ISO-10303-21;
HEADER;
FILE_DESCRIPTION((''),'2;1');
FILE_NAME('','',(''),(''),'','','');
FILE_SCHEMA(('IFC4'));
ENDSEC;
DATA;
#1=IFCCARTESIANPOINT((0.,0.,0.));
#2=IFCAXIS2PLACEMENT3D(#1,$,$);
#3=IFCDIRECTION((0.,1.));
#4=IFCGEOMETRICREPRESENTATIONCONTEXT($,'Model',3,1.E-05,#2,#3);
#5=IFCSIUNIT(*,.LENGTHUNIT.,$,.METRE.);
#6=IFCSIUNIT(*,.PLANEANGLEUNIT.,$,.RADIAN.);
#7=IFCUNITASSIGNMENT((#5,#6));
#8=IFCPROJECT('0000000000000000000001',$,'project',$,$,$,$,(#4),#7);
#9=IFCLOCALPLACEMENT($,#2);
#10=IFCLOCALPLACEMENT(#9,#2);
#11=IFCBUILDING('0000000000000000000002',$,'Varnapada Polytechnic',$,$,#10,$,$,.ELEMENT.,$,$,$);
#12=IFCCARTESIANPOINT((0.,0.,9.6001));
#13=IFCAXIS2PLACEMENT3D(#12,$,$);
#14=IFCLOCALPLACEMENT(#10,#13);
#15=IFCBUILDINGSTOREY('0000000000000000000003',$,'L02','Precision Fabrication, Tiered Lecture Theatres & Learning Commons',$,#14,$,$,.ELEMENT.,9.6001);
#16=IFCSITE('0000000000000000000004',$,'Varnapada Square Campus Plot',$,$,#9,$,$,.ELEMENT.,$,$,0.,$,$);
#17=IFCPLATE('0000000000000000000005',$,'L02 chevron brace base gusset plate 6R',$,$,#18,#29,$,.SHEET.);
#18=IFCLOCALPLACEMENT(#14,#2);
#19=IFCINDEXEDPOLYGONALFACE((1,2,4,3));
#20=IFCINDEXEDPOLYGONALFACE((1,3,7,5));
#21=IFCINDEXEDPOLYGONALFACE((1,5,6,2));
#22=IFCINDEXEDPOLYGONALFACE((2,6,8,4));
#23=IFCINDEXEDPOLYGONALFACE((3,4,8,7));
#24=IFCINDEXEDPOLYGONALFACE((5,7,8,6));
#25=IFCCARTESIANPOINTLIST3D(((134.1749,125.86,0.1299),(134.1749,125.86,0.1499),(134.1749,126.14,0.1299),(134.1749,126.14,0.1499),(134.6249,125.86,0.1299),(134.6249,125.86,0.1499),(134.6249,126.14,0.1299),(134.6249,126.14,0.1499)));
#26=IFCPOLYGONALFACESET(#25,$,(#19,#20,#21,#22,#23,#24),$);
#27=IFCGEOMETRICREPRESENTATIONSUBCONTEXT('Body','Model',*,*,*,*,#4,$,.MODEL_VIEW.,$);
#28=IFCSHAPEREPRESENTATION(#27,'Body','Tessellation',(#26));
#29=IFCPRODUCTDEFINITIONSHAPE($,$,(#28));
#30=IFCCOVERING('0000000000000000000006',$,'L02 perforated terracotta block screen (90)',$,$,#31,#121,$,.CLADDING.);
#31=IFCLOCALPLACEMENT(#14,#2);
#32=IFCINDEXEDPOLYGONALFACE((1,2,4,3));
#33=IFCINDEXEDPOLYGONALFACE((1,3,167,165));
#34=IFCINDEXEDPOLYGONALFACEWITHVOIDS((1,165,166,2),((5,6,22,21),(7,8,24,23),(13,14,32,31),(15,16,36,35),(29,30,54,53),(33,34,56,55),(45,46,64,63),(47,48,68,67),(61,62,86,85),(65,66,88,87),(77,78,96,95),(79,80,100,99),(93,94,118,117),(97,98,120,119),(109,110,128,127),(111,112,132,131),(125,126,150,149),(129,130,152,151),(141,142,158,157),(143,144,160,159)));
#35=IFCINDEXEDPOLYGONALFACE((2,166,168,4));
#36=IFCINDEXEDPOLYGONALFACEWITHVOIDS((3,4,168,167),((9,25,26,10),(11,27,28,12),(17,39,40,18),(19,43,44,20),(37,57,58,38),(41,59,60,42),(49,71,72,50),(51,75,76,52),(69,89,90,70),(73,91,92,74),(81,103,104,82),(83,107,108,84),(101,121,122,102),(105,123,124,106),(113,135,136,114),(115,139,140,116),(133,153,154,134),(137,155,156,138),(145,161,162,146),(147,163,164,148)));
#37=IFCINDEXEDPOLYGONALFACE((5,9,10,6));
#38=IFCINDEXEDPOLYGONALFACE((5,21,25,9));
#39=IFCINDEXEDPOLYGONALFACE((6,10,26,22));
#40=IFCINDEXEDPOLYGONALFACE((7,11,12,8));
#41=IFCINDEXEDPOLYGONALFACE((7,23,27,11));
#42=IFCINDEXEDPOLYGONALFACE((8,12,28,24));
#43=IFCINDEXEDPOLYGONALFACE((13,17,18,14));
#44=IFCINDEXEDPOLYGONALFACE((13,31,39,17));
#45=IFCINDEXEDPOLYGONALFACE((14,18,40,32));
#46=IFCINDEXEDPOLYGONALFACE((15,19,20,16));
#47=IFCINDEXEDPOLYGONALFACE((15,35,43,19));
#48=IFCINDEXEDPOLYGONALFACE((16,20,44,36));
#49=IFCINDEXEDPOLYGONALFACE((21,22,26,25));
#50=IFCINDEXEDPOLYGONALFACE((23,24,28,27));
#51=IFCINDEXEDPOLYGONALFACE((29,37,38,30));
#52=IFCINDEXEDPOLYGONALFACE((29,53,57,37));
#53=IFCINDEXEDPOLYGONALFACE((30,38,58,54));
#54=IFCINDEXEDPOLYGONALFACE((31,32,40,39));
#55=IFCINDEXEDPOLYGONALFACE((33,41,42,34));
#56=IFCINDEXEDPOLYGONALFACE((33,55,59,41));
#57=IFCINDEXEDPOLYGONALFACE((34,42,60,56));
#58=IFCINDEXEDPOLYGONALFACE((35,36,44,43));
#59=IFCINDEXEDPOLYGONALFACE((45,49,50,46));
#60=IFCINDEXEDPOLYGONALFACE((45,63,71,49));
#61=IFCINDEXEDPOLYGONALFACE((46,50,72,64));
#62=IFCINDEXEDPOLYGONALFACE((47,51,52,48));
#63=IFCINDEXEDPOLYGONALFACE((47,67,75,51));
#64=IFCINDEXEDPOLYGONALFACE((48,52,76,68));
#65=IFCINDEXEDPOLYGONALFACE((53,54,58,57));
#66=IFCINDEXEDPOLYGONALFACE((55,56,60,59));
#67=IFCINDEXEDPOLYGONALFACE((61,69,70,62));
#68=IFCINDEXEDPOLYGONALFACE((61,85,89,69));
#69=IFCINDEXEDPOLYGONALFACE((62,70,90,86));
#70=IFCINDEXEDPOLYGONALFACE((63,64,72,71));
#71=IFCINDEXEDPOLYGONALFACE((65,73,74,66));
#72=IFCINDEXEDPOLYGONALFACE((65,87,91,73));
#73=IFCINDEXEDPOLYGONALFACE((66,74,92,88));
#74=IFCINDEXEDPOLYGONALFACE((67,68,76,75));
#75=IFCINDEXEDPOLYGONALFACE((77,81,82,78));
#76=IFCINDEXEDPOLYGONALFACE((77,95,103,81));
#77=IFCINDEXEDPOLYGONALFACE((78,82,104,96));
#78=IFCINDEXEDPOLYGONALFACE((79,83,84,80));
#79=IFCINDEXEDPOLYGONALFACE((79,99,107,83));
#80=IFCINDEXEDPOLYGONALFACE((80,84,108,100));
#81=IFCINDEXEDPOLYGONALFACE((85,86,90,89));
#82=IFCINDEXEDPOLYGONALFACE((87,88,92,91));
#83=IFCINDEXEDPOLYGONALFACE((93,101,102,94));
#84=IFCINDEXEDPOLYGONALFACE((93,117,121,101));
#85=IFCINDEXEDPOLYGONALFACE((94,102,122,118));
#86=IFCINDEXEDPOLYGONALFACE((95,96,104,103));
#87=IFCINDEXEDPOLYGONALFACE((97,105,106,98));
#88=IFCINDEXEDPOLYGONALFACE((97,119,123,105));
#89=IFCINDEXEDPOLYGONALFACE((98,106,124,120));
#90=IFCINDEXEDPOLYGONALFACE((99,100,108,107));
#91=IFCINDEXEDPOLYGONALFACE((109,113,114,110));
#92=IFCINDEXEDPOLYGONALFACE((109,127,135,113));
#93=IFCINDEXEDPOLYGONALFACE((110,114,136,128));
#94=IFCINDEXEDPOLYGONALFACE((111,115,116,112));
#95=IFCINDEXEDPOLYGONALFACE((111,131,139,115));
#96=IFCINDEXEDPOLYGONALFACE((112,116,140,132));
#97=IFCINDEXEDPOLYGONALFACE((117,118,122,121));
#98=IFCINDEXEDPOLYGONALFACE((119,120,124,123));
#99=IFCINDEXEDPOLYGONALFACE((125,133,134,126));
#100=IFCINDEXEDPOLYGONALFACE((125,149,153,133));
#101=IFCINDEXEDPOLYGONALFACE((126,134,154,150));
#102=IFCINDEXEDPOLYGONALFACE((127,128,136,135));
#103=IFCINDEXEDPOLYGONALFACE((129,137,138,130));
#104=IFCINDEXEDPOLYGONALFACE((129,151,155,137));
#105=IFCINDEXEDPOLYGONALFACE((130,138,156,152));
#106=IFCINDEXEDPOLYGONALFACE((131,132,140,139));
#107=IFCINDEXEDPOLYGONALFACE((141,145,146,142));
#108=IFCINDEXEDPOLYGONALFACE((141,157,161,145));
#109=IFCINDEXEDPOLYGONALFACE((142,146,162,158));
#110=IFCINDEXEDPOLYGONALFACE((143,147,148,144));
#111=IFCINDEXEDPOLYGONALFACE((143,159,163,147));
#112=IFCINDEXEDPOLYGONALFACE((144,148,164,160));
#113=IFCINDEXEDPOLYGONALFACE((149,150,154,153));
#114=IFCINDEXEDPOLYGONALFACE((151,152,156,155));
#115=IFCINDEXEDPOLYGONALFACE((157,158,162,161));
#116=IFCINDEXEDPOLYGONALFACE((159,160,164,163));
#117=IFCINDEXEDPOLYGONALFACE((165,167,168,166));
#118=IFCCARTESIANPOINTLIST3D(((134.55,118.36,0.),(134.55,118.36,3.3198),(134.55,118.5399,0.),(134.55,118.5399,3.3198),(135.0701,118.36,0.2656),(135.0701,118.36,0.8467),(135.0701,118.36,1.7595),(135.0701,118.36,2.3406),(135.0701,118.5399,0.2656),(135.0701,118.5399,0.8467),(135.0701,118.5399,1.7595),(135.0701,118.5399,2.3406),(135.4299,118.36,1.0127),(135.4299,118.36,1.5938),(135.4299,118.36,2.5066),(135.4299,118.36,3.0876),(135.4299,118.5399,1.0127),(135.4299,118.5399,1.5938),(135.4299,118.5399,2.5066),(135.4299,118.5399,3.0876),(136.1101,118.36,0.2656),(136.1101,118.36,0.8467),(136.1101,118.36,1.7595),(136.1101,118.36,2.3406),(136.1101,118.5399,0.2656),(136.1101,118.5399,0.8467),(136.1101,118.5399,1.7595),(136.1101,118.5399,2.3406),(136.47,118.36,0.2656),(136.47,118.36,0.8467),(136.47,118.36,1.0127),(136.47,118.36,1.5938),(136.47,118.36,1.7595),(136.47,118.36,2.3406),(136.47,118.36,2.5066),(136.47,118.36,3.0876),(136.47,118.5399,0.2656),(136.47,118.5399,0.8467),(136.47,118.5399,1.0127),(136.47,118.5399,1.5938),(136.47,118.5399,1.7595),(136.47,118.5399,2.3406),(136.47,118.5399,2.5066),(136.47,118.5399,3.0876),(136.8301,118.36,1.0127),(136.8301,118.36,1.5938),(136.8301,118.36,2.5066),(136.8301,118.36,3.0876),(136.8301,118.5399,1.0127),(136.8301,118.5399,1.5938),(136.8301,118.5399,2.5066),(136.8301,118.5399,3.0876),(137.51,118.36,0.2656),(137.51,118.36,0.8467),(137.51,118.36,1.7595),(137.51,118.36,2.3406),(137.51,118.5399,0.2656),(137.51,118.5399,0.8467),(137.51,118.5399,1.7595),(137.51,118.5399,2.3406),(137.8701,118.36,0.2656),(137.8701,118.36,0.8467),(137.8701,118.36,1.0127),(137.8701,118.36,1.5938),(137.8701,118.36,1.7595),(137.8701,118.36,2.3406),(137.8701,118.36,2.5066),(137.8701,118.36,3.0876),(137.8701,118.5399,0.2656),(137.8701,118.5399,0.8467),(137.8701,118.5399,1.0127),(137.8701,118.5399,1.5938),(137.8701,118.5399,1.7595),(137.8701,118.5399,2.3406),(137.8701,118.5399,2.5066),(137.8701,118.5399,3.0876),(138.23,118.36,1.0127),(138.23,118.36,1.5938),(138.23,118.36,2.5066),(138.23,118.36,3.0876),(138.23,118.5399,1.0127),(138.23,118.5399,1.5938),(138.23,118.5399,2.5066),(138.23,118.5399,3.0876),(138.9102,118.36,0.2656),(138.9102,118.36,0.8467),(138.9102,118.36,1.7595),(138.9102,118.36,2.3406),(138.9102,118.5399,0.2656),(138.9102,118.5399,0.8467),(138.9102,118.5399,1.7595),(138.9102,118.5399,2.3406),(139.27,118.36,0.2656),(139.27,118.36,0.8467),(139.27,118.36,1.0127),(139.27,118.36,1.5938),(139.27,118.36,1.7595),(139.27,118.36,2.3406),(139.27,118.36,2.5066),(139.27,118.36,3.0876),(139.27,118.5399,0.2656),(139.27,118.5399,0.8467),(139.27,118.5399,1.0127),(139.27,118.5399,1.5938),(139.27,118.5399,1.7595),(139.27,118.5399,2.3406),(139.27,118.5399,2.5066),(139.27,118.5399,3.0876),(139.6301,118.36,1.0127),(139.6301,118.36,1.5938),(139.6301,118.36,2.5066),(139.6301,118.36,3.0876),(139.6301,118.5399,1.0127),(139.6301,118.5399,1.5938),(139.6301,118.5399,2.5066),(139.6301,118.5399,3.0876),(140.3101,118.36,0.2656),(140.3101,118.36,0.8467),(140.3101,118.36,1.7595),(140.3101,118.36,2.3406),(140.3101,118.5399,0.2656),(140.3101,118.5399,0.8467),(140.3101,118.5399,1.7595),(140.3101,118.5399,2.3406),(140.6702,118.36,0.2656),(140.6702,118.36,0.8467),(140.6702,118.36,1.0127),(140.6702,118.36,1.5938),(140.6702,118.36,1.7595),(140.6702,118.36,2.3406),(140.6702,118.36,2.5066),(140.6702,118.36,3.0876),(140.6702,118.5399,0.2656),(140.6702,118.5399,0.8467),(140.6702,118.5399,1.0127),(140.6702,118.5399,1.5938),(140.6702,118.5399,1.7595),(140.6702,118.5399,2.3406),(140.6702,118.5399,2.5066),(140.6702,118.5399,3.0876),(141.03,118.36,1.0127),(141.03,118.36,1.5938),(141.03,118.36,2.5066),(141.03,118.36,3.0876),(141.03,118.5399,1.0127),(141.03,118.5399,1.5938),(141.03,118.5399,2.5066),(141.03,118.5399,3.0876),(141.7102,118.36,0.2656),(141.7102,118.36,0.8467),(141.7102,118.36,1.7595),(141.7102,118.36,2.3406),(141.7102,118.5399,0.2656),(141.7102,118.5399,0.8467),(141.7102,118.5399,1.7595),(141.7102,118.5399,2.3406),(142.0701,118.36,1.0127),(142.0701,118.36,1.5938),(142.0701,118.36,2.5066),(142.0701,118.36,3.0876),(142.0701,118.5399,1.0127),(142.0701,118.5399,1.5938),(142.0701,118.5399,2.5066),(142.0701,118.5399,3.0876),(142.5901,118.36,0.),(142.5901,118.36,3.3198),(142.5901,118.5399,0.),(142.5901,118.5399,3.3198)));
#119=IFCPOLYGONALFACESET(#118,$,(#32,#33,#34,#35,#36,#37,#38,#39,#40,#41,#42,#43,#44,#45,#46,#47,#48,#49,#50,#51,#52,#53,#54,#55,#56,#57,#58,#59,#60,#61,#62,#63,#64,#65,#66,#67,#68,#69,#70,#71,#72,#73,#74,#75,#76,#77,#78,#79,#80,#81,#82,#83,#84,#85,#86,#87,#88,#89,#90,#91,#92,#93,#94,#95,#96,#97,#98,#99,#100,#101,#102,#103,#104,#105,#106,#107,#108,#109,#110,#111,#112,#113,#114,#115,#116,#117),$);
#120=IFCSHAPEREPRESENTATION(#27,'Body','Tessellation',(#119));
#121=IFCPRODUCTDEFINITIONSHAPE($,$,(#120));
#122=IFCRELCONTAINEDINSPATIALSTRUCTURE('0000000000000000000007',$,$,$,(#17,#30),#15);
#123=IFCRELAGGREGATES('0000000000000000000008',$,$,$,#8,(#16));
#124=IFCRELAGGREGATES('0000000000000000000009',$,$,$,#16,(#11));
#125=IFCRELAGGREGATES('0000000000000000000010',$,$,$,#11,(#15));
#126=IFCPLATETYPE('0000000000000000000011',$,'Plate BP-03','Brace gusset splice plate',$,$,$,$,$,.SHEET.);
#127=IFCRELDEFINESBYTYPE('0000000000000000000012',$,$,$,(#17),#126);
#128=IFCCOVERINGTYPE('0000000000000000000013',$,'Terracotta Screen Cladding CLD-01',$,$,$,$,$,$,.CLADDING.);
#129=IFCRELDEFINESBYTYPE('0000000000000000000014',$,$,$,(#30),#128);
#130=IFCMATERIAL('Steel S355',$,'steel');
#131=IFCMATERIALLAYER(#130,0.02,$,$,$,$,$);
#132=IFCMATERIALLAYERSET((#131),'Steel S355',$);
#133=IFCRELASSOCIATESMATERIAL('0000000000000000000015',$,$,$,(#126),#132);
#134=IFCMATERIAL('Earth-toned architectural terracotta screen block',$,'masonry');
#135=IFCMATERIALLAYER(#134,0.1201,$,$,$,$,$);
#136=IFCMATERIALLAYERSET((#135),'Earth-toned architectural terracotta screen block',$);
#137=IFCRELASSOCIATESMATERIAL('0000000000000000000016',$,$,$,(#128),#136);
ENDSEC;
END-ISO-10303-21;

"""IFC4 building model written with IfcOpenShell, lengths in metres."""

from ifc_helpers import new_model, si_unit, direction, frame, frame_2d, origin, origin_2d, place, context, subcontext, project, spatial, rectangle, extrude, material, layer, layer_set, type_object, element, save


model = new_model("IFC4")

# Units and contexts
model_context = context("Model", 3, precision=1e-05, world=origin(), true_north=direction((0.0, 1.0)))
body_context = subcontext(model_context, "Body", "Model", "MODEL_VIEW")
ifc_project = project(units=[si_unit("LENGTHUNIT", "METRE"), si_unit("PLANEANGLEUNIT", "RADIAN")], contexts=[model_context])

# Site, building, storey
site_placement = place(None, origin())
site = spatial("IfcSite", under=ifc_project, at=site_placement, Name="Varnapada Square Campus Plot", CompositionType="ELEMENT", RefElevation=0.0)
building_placement = place(site_placement, origin())
building = spatial("IfcBuilding", under=site, at=building_placement, Name="Varnapada Polytechnic", CompositionType="ELEMENT")
storey_placement = place(building_placement, frame((0.0, 0.0, 9.6001)))
storey = spatial("IfcBuildingStorey", under=building, at=storey_placement, Name="L02", Description="Precision Fabrication, Tiered Lecture Theatres & Learning Commons", CompositionType="ELEMENT", Elevation=9.6001)

# Shared definitions
ifc_material_1 = material(Name="Steel S355", Category="steel")

# Plate
ifc_layer_1 = layer(ifc_material_1, 0.02)
ifc_layer_set_1 = layer_set([ifc_layer_1], Name="Steel S355")
plate_type_1 = type_object("IfcPlateType", Name="Plate BP-03", Description="Brace gusset splice plate", PredefinedType="SHEET", material=ifc_layer_set_1)
plate_1_placement = place(storey_placement, frame((134.3999, 126.0, 0.1299), z_axis=(0.0, 0.0, 1.0), x_axis=(1.0, 0.0, 0.0)))
element("IfcPlate", 1, at=plate_1_placement, inside=storey, type_object=plate_type_1, Name="L02 chevron brace base gusset plate 6R", PredefinedType="SHEET", context=body_context, shape_type="SweptSolid", body=[
    extrude(rectangle(XDim=0.45, YDim=0.28, at=origin_2d()), origin(), (0.0, 0.0, 1.0), 0.02),
])

# Covering, openings
ifc_material_2 = material(Name="Earth-toned architectural terracotta screen block", Category="masonry")
ifc_layer_2 = layer(ifc_material_2, 0.1201)
ifc_layer_set_2 = layer_set([ifc_layer_2], Name="Earth-toned architectural terracotta screen block")
covering_type = type_object("IfcCoveringType", Name="Terracotta Screen Cladding CLD-01", PredefinedType="CLADDING", material=ifc_layer_set_2)
covering_placement = place(storey_placement, frame((134.55, 118.45, 0.0), z_axis=(0.0, 0.0, 1.0), x_axis=(1.0, 0.0, 0.0)))
covering = element("IfcCovering", 2, at=covering_placement, inside=storey, type_object=covering_type, Name="L02 perforated terracotta block screen (90)", PredefinedType="CLADDING", context=body_context, shape_type="SweptSolid", body=[
    extrude(rectangle(XDim=8.04, YDim=0.1799, at=frame_2d((4.02, 0.0))), origin(), (0.0, 0.0, 1.0), 3.3198),
])
opening_1_placement = place(covering_placement, frame((0.52, 0.0, 0.2656)))
element("IfcOpeningElement", 3, at=opening_1_placement, cuts=covering, PredefinedType="OPENING", context=body_context, shape_type="SweptSolid", body=[
    extrude(rectangle(XDim=1.04, YDim=0.5811, at=frame_2d((0.52, 0.2905))), frame((0.0, 0.0999, 0.0), z_axis=(0.0, -1.0, 0.0), x_axis=(1.0, 0.0, 0.0)), (0.0, 0.0, 1.0), 0.2),
])
opening_2_placement = place(covering_placement, frame((1.9199, 0.0, 0.2656)))
element("IfcOpeningElement", 4, at=opening_2_placement, cuts=covering, PredefinedType="OPENING", context=body_context, shape_type="SweptSolid", body=[
    extrude(rectangle(XDim=1.04, YDim=0.5811, at=frame_2d((0.52, 0.2905))), frame((0.0, 0.0999, 0.0), z_axis=(0.0, -1.0, 0.0), x_axis=(1.0, 0.0, 0.0)), (0.0, 0.0, 1.0), 0.2),
])
opening_3_placement = place(covering_placement, frame((3.3201, 0.0, 0.2656)))
element("IfcOpeningElement", 5, at=opening_3_placement, cuts=covering, PredefinedType="OPENING", context=body_context, shape_type="SweptSolid", body=[
    extrude(rectangle(XDim=1.04, YDim=0.5811, at=frame_2d((0.52, 0.2905))), frame((0.0, 0.0999, 0.0), z_axis=(0.0, -1.0, 0.0), x_axis=(1.0, 0.0, 0.0)), (0.0, 0.0, 1.0), 0.2),
])
opening_4_placement = place(covering_placement, frame((4.72, 0.0, 0.2656)))
element("IfcOpeningElement", 6, at=opening_4_placement, cuts=covering, PredefinedType="OPENING", context=body_context, shape_type="SweptSolid", body=[
    extrude(rectangle(XDim=1.04, YDim=0.5811, at=frame_2d((0.52, 0.2905))), frame((0.0, 0.0999, 0.0), z_axis=(0.0, -1.0, 0.0), x_axis=(1.0, 0.0, 0.0)), (0.0, 0.0, 1.0), 0.2),
])
opening_5_placement = place(covering_placement, frame((6.1201, 0.0, 0.2656)))
element("IfcOpeningElement", 7, at=opening_5_placement, cuts=covering, PredefinedType="OPENING", context=body_context, shape_type="SweptSolid", body=[
    extrude(rectangle(XDim=1.04, YDim=0.5811, at=frame_2d((0.52, 0.2905))), frame((0.0, 0.0999, 0.0), z_axis=(0.0, -1.0, 0.0), x_axis=(1.0, 0.0, 0.0)), (0.0, 0.0, 1.0), 0.2),
])
opening_6_placement = place(covering_placement, frame((0.8799, 0.0, 1.0127)))
element("IfcOpeningElement", 8, at=opening_6_placement, cuts=covering, PredefinedType="OPENING", context=body_context, shape_type="SweptSolid", body=[
    extrude(rectangle(XDim=1.04, YDim=0.5811, at=frame_2d((0.52, 0.2905))), frame((0.0, 0.0999, 0.0), z_axis=(0.0, -1.0, 0.0), x_axis=(1.0, 0.0, 0.0)), (0.0, 0.0, 1.0), 0.2),
])
opening_7_placement = place(covering_placement, frame((2.28, 0.0, 1.0127)))
element("IfcOpeningElement", 9, at=opening_7_placement, cuts=covering, PredefinedType="OPENING", context=body_context, shape_type="SweptSolid", body=[
    extrude(rectangle(XDim=1.04, YDim=0.5811, at=frame_2d((0.52, 0.2905))), frame((0.0, 0.0999, 0.0), z_axis=(0.0, -1.0, 0.0), x_axis=(1.0, 0.0, 0.0)), (0.0, 0.0, 1.0), 0.2),
])
opening_8_placement = place(covering_placement, frame((3.6799, 0.0, 1.0127)))
element("IfcOpeningElement", 10, at=opening_8_placement, cuts=covering, PredefinedType="OPENING", context=body_context, shape_type="SweptSolid", body=[
    extrude(rectangle(XDim=1.04, YDim=0.5811, at=frame_2d((0.52, 0.2905))), frame((0.0, 0.0999, 0.0), z_axis=(0.0, -1.0, 0.0), x_axis=(1.0, 0.0, 0.0)), (0.0, 0.0, 1.0), 0.2),
])
opening_9_placement = place(covering_placement, frame((5.0801, 0.0, 1.0127)))
element("IfcOpeningElement", 11, at=opening_9_placement, cuts=covering, PredefinedType="OPENING", context=body_context, shape_type="SweptSolid", body=[
    extrude(rectangle(XDim=1.04, YDim=0.5811, at=frame_2d((0.52, 0.2905))), frame((0.0, 0.0999, 0.0), z_axis=(0.0, -1.0, 0.0), x_axis=(1.0, 0.0, 0.0)), (0.0, 0.0, 1.0), 0.2),
])
opening_10_placement = place(covering_placement, frame((6.48, 0.0, 1.0127)))
element("IfcOpeningElement", 12, at=opening_10_placement, cuts=covering, PredefinedType="OPENING", context=body_context, shape_type="SweptSolid", body=[
    extrude(rectangle(XDim=1.04, YDim=0.5811, at=frame_2d((0.52, 0.2905))), frame((0.0, 0.0999, 0.0), z_axis=(0.0, -1.0, 0.0), x_axis=(1.0, 0.0, 0.0)), (0.0, 0.0, 1.0), 0.2),
])
opening_11_placement = place(covering_placement, frame((0.52, 0.0, 1.7595)))
element("IfcOpeningElement", 13, at=opening_11_placement, cuts=covering, PredefinedType="OPENING", context=body_context, shape_type="SweptSolid", body=[
    extrude(rectangle(XDim=1.04, YDim=0.5811, at=frame_2d((0.52, 0.2905))), frame((0.0, 0.0999, 0.0), z_axis=(0.0, -1.0, 0.0), x_axis=(1.0, 0.0, 0.0)), (0.0, 0.0, 1.0), 0.2),
])
opening_12_placement = place(covering_placement, frame((1.9199, 0.0, 1.7595)))
element("IfcOpeningElement", 14, at=opening_12_placement, cuts=covering, PredefinedType="OPENING", context=body_context, shape_type="SweptSolid", body=[
    extrude(rectangle(XDim=1.04, YDim=0.5811, at=frame_2d((0.52, 0.2905))), frame((0.0, 0.0999, 0.0), z_axis=(0.0, -1.0, 0.0), x_axis=(1.0, 0.0, 0.0)), (0.0, 0.0, 1.0), 0.2),
])
opening_13_placement = place(covering_placement, frame((3.3201, 0.0, 1.7595)))
element("IfcOpeningElement", 15, at=opening_13_placement, cuts=covering, PredefinedType="OPENING", context=body_context, shape_type="SweptSolid", body=[
    extrude(rectangle(XDim=1.04, YDim=0.5811, at=frame_2d((0.52, 0.2905))), frame((0.0, 0.0999, 0.0), z_axis=(0.0, -1.0, 0.0), x_axis=(1.0, 0.0, 0.0)), (0.0, 0.0, 1.0), 0.2),
])
opening_14_placement = place(covering_placement, frame((4.72, 0.0, 1.7595)))
element("IfcOpeningElement", 16, at=opening_14_placement, cuts=covering, PredefinedType="OPENING", context=body_context, shape_type="SweptSolid", body=[
    extrude(rectangle(XDim=1.04, YDim=0.5811, at=frame_2d((0.52, 0.2905))), frame((0.0, 0.0999, 0.0), z_axis=(0.0, -1.0, 0.0), x_axis=(1.0, 0.0, 0.0)), (0.0, 0.0, 1.0), 0.2),
])
opening_15_placement = place(covering_placement, frame((6.1201, 0.0, 1.7595)))
element("IfcOpeningElement", 17, at=opening_15_placement, cuts=covering, PredefinedType="OPENING", context=body_context, shape_type="SweptSolid", body=[
    extrude(rectangle(XDim=1.04, YDim=0.5811, at=frame_2d((0.52, 0.2905))), frame((0.0, 0.0999, 0.0), z_axis=(0.0, -1.0, 0.0), x_axis=(1.0, 0.0, 0.0)), (0.0, 0.0, 1.0), 0.2),
])
opening_16_placement = place(covering_placement, frame((0.8799, 0.0, 2.5066)))
element("IfcOpeningElement", 18, at=opening_16_placement, cuts=covering, PredefinedType="OPENING", context=body_context, shape_type="SweptSolid", body=[
    extrude(rectangle(XDim=1.04, YDim=0.5811, at=frame_2d((0.52, 0.2905))), frame((0.0, 0.0999, 0.0), z_axis=(0.0, -1.0, 0.0), x_axis=(1.0, 0.0, 0.0)), (0.0, 0.0, 1.0), 0.2),
])
opening_17_placement = place(covering_placement, frame((2.28, 0.0, 2.5066)))
element("IfcOpeningElement", 19, at=opening_17_placement, cuts=covering, PredefinedType="OPENING", context=body_context, shape_type="SweptSolid", body=[
    extrude(rectangle(XDim=1.04, YDim=0.5811, at=frame_2d((0.52, 0.2905))), frame((0.0, 0.0999, 0.0), z_axis=(0.0, -1.0, 0.0), x_axis=(1.0, 0.0, 0.0)), (0.0, 0.0, 1.0), 0.2),
])
opening_18_placement = place(covering_placement, frame((3.6799, 0.0, 2.5066)))
element("IfcOpeningElement", 20, at=opening_18_placement, cuts=covering, PredefinedType="OPENING", context=body_context, shape_type="SweptSolid", body=[
    extrude(rectangle(XDim=1.04, YDim=0.5811, at=frame_2d((0.52, 0.2905))), frame((0.0, 0.0999, 0.0), z_axis=(0.0, -1.0, 0.0), x_axis=(1.0, 0.0, 0.0)), (0.0, 0.0, 1.0), 0.2),
])
opening_19_placement = place(covering_placement, frame((5.0801, 0.0, 2.5066)))
element("IfcOpeningElement", 21, at=opening_19_placement, cuts=covering, PredefinedType="OPENING", context=body_context, shape_type="SweptSolid", body=[
    extrude(rectangle(XDim=1.04, YDim=0.5811, at=frame_2d((0.52, 0.2905))), frame((0.0, 0.0999, 0.0), z_axis=(0.0, -1.0, 0.0), x_axis=(1.0, 0.0, 0.0)), (0.0, 0.0, 1.0), 0.2),
])
opening_20_placement = place(covering_placement, frame((6.48, 0.0, 2.5066)))
element("IfcOpeningElement", 22, at=opening_20_placement, cuts=covering, PredefinedType="OPENING", context=body_context, shape_type="SweptSolid", body=[
    extrude(rectangle(XDim=1.04, YDim=0.5811, at=frame_2d((0.52, 0.2905))), frame((0.0, 0.0999, 0.0), z_axis=(0.0, -1.0, 0.0), x_axis=(1.0, 0.0, 0.0)), (0.0, 0.0, 1.0), 0.2),
])

save(model, "model.ifc")
